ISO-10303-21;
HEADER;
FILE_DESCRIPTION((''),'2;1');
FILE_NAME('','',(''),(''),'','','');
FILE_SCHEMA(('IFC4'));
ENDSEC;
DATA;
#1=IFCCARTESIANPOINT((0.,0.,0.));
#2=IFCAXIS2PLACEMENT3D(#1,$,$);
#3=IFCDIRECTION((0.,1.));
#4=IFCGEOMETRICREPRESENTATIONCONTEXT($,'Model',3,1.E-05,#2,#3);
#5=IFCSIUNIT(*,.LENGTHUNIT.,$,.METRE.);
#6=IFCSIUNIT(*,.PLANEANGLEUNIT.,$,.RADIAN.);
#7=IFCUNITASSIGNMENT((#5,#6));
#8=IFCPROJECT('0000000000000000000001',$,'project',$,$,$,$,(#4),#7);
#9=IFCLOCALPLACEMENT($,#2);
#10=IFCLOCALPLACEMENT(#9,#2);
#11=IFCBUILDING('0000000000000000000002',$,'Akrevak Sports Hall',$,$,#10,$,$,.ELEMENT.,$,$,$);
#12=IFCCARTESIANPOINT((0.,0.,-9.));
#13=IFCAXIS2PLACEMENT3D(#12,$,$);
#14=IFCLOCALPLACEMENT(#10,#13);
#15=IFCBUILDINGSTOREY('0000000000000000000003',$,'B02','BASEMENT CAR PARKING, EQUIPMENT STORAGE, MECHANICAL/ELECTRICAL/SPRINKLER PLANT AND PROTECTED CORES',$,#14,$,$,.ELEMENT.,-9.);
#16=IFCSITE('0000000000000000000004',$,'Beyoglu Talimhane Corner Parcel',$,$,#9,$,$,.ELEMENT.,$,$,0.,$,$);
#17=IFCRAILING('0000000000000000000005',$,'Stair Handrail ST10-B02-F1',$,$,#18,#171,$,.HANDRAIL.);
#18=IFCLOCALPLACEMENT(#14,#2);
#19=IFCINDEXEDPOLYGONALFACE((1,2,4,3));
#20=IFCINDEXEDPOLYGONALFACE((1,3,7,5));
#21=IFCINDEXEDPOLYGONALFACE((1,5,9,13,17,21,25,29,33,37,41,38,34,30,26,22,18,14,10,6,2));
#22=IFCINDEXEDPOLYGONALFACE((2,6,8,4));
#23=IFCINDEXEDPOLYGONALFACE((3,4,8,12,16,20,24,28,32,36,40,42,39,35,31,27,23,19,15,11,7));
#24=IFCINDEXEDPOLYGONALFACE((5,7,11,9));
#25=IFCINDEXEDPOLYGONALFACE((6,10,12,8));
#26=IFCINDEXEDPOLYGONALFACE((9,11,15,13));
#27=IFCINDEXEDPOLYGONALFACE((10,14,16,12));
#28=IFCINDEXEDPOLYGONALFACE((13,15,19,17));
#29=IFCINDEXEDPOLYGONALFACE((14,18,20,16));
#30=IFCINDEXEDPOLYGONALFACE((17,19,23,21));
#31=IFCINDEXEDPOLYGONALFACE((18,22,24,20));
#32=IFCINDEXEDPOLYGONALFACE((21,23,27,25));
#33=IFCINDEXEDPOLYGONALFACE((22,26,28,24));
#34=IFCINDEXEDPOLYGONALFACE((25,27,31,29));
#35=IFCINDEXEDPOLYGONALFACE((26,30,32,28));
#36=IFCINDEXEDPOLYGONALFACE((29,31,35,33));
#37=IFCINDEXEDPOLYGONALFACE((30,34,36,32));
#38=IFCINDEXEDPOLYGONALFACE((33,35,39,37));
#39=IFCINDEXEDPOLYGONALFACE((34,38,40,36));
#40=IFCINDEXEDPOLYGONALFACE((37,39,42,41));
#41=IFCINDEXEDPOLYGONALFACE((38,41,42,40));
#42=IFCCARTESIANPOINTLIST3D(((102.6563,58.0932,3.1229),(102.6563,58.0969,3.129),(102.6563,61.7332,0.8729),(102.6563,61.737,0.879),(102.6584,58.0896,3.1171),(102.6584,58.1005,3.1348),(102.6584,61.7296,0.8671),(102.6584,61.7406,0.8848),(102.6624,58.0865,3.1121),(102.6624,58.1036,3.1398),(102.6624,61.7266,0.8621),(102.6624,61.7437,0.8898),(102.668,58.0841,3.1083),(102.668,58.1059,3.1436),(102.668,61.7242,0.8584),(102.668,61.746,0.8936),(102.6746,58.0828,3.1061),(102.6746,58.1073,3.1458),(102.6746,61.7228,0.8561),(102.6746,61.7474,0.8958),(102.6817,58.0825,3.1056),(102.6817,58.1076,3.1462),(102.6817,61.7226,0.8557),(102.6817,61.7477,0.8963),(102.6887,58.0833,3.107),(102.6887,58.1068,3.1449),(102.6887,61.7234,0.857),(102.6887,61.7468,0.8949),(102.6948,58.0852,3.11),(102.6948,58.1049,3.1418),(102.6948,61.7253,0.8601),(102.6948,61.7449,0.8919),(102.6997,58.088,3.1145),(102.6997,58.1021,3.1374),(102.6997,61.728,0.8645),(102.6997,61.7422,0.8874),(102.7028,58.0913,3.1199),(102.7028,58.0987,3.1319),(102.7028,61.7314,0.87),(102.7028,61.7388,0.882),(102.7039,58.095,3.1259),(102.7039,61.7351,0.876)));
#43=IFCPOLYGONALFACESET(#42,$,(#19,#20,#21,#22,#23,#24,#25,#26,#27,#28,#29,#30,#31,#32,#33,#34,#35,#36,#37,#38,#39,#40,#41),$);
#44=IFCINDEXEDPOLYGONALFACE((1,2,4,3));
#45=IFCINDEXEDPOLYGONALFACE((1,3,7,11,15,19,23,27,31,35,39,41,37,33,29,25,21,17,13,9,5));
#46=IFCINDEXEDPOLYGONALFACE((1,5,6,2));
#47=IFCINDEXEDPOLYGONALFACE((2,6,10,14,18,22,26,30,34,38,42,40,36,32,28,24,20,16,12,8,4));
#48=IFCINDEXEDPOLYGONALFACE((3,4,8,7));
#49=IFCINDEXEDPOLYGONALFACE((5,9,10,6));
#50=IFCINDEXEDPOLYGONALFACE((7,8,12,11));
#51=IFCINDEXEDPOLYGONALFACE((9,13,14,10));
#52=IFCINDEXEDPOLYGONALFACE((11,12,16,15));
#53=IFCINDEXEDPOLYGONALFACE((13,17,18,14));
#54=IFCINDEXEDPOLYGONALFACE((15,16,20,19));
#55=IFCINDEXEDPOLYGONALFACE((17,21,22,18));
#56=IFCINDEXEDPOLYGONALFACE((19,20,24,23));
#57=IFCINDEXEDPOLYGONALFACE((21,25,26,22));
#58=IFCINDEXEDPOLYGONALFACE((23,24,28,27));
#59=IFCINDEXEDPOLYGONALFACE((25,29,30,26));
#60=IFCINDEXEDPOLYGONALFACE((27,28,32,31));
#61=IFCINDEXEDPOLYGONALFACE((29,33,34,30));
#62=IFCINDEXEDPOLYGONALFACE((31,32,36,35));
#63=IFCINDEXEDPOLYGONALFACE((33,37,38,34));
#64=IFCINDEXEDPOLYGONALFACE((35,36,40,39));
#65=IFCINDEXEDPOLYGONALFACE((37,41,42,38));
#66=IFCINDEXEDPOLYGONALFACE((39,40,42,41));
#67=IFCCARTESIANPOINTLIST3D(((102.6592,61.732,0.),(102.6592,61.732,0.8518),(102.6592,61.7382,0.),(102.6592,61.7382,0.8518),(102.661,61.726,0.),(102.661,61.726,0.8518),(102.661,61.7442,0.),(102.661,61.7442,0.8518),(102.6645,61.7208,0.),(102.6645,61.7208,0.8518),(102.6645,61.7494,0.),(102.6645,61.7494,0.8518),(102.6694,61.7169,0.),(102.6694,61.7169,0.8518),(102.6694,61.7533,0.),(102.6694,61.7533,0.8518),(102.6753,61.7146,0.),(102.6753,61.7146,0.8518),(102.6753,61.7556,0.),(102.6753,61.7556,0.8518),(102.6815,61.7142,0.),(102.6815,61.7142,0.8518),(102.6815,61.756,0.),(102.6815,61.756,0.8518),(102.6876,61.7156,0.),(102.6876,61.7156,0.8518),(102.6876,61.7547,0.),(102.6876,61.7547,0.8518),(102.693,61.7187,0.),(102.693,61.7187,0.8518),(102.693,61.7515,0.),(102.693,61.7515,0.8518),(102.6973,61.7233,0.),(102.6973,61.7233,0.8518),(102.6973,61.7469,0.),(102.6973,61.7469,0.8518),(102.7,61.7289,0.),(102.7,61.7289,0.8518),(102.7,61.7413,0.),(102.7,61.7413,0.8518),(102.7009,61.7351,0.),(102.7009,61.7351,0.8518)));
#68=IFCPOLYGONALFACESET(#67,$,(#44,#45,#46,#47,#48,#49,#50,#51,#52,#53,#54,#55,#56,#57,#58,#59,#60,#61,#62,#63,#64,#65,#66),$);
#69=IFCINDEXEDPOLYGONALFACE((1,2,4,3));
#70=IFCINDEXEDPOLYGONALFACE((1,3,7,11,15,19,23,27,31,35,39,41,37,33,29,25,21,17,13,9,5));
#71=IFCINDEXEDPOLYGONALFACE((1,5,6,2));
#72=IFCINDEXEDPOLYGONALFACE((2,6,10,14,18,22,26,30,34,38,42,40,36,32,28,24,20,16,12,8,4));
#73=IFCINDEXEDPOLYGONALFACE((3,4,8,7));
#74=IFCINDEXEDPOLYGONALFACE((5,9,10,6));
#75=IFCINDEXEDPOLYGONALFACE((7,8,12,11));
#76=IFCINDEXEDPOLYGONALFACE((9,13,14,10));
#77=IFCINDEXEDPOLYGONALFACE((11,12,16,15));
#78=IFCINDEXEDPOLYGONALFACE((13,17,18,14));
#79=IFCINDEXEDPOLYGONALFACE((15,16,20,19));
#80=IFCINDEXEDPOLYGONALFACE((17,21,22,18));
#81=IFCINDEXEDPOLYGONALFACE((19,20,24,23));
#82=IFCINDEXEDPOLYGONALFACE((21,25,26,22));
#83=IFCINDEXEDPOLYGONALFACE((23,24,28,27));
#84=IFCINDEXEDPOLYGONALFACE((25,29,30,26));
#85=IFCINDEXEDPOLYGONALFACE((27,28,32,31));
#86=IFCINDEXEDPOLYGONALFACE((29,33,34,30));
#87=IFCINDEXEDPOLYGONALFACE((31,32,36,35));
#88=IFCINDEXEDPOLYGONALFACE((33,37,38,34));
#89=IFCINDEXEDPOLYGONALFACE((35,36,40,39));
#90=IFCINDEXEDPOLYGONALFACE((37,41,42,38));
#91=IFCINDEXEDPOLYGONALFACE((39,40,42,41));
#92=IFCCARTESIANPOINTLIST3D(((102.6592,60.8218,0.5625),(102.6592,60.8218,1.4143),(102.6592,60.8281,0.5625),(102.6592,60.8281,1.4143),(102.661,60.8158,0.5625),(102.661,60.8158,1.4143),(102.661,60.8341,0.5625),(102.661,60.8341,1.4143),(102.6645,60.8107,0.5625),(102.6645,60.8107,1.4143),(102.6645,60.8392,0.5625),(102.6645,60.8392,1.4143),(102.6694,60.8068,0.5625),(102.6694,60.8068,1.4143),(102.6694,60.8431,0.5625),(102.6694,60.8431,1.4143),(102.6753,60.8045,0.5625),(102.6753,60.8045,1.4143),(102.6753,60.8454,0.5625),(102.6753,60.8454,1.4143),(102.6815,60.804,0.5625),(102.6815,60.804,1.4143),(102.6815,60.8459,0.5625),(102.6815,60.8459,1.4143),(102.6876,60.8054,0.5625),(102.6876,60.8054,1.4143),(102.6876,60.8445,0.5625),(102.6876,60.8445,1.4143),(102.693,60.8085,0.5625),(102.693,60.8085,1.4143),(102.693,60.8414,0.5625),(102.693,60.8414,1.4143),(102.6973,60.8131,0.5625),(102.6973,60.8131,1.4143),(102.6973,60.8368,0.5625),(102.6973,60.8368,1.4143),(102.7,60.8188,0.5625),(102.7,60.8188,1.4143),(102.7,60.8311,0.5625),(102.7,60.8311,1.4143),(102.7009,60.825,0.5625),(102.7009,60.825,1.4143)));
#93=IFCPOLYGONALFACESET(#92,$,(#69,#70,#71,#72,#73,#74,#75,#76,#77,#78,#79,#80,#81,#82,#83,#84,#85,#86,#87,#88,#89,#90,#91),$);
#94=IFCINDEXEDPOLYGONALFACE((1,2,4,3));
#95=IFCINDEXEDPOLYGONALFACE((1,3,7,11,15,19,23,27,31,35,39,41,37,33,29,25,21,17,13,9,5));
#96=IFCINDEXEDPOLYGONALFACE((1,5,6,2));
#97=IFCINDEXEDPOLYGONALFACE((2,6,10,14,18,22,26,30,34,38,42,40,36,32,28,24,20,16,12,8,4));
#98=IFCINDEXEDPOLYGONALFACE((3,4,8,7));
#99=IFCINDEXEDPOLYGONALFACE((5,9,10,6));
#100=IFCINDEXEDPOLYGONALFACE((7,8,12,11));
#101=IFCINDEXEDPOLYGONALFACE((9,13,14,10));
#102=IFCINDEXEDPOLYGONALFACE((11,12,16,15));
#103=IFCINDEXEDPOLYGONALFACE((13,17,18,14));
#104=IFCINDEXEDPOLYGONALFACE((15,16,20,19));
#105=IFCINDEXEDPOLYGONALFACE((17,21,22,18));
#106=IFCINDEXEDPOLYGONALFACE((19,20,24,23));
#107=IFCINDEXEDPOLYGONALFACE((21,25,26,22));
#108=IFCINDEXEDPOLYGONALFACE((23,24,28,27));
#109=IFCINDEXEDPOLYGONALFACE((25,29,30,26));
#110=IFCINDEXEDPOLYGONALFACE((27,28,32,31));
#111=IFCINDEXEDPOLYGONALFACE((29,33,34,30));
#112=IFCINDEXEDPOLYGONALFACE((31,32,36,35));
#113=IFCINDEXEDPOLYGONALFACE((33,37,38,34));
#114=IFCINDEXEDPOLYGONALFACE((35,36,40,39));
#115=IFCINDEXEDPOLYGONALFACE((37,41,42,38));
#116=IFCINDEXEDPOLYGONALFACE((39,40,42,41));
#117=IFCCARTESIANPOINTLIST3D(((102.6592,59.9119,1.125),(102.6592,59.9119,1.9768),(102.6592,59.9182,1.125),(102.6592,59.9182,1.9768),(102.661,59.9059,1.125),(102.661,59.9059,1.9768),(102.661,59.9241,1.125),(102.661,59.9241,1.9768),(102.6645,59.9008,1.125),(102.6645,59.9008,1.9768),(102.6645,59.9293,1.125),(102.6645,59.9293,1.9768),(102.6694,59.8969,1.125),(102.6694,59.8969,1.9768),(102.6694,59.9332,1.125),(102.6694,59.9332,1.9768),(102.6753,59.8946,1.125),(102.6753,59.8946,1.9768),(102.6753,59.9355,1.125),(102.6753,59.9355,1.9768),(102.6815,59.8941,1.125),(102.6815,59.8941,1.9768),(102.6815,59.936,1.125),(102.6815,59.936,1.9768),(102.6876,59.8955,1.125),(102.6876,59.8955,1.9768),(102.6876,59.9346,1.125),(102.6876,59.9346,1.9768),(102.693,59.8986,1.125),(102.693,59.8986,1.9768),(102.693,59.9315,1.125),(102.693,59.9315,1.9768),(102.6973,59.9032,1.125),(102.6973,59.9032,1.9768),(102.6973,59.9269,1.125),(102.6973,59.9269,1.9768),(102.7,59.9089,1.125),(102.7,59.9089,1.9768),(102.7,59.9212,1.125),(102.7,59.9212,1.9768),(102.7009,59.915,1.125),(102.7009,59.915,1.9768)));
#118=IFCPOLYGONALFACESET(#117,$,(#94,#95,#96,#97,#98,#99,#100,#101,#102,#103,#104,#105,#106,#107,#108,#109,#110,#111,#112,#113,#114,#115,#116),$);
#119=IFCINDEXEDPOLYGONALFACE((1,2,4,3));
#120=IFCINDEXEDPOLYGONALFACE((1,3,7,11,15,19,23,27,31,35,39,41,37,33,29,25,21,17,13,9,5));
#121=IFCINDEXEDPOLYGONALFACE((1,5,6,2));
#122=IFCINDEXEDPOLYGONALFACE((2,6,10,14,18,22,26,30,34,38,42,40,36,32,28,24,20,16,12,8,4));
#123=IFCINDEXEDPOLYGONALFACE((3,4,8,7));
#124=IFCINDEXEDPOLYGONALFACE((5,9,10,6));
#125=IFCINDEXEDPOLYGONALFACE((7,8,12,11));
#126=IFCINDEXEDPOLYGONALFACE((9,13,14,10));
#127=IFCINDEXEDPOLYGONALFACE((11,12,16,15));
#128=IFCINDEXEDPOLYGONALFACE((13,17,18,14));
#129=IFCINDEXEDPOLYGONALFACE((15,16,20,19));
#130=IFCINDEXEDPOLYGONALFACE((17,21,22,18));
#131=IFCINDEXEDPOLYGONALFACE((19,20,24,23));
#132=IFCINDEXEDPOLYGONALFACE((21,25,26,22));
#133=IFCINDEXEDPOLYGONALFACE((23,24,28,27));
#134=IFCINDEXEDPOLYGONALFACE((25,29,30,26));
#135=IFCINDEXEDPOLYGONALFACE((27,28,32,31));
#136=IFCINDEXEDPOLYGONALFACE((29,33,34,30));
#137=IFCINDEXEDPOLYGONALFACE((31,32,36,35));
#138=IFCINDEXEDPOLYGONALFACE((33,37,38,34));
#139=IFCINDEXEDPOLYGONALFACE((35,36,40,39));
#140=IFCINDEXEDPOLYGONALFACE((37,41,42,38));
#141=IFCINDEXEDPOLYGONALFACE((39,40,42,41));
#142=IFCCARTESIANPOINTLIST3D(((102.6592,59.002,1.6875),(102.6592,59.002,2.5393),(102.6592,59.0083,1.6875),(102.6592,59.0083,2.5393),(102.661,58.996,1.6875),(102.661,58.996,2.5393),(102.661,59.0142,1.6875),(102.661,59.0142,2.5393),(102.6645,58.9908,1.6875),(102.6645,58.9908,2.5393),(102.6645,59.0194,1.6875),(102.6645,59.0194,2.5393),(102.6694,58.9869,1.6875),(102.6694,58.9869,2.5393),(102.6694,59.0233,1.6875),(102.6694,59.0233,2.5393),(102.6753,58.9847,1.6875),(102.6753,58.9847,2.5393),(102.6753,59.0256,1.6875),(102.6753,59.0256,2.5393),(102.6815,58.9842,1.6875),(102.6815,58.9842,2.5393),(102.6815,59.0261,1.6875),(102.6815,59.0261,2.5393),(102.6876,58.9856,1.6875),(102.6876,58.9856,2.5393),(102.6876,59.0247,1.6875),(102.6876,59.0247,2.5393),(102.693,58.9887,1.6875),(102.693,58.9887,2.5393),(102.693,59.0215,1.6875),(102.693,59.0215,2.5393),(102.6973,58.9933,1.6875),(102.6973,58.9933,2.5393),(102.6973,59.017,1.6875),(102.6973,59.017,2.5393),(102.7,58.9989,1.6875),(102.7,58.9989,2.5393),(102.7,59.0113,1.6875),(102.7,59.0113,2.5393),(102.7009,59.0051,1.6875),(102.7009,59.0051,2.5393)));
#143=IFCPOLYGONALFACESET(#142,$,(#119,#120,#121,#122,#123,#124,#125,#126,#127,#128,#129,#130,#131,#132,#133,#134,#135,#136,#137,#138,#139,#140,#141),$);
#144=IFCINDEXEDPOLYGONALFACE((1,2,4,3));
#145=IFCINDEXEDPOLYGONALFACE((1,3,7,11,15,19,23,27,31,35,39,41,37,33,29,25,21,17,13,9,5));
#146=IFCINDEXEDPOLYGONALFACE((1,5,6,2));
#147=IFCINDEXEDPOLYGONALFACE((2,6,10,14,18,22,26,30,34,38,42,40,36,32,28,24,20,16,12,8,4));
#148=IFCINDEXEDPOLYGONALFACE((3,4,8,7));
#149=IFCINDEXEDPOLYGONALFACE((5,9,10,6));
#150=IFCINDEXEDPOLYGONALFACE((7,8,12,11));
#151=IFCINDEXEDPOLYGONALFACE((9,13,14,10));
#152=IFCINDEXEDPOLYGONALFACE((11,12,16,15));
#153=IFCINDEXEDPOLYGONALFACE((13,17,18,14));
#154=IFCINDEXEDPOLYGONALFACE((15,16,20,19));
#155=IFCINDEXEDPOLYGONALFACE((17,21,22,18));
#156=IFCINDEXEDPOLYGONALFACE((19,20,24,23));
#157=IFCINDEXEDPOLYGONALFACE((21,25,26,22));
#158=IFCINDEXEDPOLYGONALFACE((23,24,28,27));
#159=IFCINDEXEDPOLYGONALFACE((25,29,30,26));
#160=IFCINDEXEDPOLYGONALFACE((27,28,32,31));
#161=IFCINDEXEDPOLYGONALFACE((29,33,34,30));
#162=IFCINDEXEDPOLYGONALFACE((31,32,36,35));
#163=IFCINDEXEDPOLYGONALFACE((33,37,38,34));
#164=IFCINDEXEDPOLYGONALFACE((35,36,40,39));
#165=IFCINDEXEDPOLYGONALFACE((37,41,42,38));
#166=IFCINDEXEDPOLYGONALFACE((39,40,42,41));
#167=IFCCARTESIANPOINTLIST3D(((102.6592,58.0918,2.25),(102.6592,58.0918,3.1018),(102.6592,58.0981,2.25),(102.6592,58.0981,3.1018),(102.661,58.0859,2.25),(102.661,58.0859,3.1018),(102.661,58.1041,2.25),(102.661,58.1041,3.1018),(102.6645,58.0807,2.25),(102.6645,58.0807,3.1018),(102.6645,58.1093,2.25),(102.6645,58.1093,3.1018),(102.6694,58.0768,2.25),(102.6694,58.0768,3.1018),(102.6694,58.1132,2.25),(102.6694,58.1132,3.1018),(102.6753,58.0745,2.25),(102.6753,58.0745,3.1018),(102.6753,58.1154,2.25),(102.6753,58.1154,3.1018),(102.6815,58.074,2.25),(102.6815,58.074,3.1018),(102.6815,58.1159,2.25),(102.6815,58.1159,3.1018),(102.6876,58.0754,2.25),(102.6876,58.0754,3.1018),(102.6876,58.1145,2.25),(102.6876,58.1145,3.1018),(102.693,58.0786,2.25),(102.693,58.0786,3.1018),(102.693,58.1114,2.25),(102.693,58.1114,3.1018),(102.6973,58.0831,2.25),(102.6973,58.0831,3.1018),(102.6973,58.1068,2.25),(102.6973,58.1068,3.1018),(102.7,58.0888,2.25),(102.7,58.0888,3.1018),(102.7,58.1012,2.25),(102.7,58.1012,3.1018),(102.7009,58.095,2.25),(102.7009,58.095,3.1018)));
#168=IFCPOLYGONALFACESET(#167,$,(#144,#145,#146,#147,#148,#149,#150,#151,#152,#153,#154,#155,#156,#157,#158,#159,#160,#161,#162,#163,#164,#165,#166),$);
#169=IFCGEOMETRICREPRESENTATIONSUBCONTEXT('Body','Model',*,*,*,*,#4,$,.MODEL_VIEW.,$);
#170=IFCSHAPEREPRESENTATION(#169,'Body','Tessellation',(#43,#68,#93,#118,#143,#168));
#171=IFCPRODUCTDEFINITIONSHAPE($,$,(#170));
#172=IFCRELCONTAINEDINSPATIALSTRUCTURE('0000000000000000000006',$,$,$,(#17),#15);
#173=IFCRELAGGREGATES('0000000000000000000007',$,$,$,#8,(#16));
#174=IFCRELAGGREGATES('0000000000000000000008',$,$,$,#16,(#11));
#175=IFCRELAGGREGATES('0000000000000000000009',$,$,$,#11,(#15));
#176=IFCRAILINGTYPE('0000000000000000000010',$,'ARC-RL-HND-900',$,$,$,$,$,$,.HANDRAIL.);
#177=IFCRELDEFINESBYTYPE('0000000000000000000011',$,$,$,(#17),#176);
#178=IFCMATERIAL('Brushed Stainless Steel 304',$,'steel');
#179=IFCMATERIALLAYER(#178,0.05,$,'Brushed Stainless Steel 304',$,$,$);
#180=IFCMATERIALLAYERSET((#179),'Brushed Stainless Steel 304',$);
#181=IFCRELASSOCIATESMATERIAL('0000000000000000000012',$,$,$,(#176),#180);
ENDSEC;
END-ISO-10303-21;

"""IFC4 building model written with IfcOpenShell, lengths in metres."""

from ifc_helpers import new_model, si_unit, direction, frame, origin, origin_2d, place, context, subcontext, project, spatial, circle, extrude, material, layer, layer_set, type_object, element, save


model = new_model("IFC4")

# Units and contexts
model_context = context("Model", 3, precision=1e-05, world=origin(), true_north=direction((0.0, 1.0)))
body_context = subcontext(model_context, "Body", "Model", "MODEL_VIEW")
ifc_project = project(units=[si_unit("LENGTHUNIT", "METRE"), si_unit("PLANEANGLEUNIT", "RADIAN")], contexts=[model_context])

# Site, building, storey
site_placement = place(None, origin())
site = spatial("IfcSite", under=ifc_project, at=site_placement, Name="Beyoglu Talimhane Corner Parcel", CompositionType="ELEMENT", RefElevation=0.0)
building_placement = place(site_placement, origin())
building = spatial("IfcBuilding", under=site, at=building_placement, Name="Akrevak Sports Hall", CompositionType="ELEMENT")
storey_placement = place(building_placement, frame((0.0, 0.0, -9.0)))
storey = spatial("IfcBuildingStorey", under=building, at=storey_placement, Name="B02", Description="BASEMENT CAR PARKING, EQUIPMENT STORAGE, MECHANICAL/ELECTRICAL/SPRINKLER PLANT AND PROTECTED CORES", CompositionType="ELEMENT", Elevation=-9.0)

# Railing
ifc_material_1 = material(Name="Brushed Stainless Steel 304", Category="steel")
ifc_layer_1 = layer(ifc_material_1, 0.05, Name="Brushed Stainless Steel 304")
ifc_layer_set_1 = layer_set([ifc_layer_1], Name="Brushed Stainless Steel 304")
railing_type_1 = type_object("IfcRailingType", Name="ARC-RL-HND-900", PredefinedType="HANDRAIL", material=ifc_layer_set_1)
railing_1_placement = place(storey_placement, frame((102.6799, 61.7351, 0.0)))
element("IfcRailing", 1, at=railing_1_placement, inside=storey, type_object=railing_type_1, Name="Stair Handrail ST10-B02-F1", PredefinedType="HANDRAIL", context=body_context, shape_type="SweptSolid", body=[
    extrude(circle(Radius=0.0239, at=origin_2d()), frame((0.0, 0.0, 0.876), z_axis=(0.0, -0.850622, 0.525777), x_axis=(1.0, 0.0, 0.0)), (0.0, 0.0, 1.0), 4.2793),
    extrude(circle(Radius=0.021, at=origin_2d()), origin(), (0.0, 0.0, 1.0), 0.8518),
    extrude(circle(Radius=0.021, at=origin_2d()), frame((0.0, -0.9102, 0.5625)), (0.0, 0.0, 1.0), 0.8518),
    extrude(circle(Radius=0.021, at=origin_2d()), frame((0.0, -1.8201, 1.125)), (0.0, 0.0, 1.0), 0.8518),
    extrude(circle(Radius=0.021, at=origin_2d()), frame((0.0, -2.73, 1.6875)), (0.0, 0.0, 1.0), 0.8518),
    extrude(circle(Radius=0.021, at=origin_2d()), frame((0.0, -3.6401, 2.25)), (0.0, 0.0, 1.0), 0.8518),
])

save(model, "model.ifc")
